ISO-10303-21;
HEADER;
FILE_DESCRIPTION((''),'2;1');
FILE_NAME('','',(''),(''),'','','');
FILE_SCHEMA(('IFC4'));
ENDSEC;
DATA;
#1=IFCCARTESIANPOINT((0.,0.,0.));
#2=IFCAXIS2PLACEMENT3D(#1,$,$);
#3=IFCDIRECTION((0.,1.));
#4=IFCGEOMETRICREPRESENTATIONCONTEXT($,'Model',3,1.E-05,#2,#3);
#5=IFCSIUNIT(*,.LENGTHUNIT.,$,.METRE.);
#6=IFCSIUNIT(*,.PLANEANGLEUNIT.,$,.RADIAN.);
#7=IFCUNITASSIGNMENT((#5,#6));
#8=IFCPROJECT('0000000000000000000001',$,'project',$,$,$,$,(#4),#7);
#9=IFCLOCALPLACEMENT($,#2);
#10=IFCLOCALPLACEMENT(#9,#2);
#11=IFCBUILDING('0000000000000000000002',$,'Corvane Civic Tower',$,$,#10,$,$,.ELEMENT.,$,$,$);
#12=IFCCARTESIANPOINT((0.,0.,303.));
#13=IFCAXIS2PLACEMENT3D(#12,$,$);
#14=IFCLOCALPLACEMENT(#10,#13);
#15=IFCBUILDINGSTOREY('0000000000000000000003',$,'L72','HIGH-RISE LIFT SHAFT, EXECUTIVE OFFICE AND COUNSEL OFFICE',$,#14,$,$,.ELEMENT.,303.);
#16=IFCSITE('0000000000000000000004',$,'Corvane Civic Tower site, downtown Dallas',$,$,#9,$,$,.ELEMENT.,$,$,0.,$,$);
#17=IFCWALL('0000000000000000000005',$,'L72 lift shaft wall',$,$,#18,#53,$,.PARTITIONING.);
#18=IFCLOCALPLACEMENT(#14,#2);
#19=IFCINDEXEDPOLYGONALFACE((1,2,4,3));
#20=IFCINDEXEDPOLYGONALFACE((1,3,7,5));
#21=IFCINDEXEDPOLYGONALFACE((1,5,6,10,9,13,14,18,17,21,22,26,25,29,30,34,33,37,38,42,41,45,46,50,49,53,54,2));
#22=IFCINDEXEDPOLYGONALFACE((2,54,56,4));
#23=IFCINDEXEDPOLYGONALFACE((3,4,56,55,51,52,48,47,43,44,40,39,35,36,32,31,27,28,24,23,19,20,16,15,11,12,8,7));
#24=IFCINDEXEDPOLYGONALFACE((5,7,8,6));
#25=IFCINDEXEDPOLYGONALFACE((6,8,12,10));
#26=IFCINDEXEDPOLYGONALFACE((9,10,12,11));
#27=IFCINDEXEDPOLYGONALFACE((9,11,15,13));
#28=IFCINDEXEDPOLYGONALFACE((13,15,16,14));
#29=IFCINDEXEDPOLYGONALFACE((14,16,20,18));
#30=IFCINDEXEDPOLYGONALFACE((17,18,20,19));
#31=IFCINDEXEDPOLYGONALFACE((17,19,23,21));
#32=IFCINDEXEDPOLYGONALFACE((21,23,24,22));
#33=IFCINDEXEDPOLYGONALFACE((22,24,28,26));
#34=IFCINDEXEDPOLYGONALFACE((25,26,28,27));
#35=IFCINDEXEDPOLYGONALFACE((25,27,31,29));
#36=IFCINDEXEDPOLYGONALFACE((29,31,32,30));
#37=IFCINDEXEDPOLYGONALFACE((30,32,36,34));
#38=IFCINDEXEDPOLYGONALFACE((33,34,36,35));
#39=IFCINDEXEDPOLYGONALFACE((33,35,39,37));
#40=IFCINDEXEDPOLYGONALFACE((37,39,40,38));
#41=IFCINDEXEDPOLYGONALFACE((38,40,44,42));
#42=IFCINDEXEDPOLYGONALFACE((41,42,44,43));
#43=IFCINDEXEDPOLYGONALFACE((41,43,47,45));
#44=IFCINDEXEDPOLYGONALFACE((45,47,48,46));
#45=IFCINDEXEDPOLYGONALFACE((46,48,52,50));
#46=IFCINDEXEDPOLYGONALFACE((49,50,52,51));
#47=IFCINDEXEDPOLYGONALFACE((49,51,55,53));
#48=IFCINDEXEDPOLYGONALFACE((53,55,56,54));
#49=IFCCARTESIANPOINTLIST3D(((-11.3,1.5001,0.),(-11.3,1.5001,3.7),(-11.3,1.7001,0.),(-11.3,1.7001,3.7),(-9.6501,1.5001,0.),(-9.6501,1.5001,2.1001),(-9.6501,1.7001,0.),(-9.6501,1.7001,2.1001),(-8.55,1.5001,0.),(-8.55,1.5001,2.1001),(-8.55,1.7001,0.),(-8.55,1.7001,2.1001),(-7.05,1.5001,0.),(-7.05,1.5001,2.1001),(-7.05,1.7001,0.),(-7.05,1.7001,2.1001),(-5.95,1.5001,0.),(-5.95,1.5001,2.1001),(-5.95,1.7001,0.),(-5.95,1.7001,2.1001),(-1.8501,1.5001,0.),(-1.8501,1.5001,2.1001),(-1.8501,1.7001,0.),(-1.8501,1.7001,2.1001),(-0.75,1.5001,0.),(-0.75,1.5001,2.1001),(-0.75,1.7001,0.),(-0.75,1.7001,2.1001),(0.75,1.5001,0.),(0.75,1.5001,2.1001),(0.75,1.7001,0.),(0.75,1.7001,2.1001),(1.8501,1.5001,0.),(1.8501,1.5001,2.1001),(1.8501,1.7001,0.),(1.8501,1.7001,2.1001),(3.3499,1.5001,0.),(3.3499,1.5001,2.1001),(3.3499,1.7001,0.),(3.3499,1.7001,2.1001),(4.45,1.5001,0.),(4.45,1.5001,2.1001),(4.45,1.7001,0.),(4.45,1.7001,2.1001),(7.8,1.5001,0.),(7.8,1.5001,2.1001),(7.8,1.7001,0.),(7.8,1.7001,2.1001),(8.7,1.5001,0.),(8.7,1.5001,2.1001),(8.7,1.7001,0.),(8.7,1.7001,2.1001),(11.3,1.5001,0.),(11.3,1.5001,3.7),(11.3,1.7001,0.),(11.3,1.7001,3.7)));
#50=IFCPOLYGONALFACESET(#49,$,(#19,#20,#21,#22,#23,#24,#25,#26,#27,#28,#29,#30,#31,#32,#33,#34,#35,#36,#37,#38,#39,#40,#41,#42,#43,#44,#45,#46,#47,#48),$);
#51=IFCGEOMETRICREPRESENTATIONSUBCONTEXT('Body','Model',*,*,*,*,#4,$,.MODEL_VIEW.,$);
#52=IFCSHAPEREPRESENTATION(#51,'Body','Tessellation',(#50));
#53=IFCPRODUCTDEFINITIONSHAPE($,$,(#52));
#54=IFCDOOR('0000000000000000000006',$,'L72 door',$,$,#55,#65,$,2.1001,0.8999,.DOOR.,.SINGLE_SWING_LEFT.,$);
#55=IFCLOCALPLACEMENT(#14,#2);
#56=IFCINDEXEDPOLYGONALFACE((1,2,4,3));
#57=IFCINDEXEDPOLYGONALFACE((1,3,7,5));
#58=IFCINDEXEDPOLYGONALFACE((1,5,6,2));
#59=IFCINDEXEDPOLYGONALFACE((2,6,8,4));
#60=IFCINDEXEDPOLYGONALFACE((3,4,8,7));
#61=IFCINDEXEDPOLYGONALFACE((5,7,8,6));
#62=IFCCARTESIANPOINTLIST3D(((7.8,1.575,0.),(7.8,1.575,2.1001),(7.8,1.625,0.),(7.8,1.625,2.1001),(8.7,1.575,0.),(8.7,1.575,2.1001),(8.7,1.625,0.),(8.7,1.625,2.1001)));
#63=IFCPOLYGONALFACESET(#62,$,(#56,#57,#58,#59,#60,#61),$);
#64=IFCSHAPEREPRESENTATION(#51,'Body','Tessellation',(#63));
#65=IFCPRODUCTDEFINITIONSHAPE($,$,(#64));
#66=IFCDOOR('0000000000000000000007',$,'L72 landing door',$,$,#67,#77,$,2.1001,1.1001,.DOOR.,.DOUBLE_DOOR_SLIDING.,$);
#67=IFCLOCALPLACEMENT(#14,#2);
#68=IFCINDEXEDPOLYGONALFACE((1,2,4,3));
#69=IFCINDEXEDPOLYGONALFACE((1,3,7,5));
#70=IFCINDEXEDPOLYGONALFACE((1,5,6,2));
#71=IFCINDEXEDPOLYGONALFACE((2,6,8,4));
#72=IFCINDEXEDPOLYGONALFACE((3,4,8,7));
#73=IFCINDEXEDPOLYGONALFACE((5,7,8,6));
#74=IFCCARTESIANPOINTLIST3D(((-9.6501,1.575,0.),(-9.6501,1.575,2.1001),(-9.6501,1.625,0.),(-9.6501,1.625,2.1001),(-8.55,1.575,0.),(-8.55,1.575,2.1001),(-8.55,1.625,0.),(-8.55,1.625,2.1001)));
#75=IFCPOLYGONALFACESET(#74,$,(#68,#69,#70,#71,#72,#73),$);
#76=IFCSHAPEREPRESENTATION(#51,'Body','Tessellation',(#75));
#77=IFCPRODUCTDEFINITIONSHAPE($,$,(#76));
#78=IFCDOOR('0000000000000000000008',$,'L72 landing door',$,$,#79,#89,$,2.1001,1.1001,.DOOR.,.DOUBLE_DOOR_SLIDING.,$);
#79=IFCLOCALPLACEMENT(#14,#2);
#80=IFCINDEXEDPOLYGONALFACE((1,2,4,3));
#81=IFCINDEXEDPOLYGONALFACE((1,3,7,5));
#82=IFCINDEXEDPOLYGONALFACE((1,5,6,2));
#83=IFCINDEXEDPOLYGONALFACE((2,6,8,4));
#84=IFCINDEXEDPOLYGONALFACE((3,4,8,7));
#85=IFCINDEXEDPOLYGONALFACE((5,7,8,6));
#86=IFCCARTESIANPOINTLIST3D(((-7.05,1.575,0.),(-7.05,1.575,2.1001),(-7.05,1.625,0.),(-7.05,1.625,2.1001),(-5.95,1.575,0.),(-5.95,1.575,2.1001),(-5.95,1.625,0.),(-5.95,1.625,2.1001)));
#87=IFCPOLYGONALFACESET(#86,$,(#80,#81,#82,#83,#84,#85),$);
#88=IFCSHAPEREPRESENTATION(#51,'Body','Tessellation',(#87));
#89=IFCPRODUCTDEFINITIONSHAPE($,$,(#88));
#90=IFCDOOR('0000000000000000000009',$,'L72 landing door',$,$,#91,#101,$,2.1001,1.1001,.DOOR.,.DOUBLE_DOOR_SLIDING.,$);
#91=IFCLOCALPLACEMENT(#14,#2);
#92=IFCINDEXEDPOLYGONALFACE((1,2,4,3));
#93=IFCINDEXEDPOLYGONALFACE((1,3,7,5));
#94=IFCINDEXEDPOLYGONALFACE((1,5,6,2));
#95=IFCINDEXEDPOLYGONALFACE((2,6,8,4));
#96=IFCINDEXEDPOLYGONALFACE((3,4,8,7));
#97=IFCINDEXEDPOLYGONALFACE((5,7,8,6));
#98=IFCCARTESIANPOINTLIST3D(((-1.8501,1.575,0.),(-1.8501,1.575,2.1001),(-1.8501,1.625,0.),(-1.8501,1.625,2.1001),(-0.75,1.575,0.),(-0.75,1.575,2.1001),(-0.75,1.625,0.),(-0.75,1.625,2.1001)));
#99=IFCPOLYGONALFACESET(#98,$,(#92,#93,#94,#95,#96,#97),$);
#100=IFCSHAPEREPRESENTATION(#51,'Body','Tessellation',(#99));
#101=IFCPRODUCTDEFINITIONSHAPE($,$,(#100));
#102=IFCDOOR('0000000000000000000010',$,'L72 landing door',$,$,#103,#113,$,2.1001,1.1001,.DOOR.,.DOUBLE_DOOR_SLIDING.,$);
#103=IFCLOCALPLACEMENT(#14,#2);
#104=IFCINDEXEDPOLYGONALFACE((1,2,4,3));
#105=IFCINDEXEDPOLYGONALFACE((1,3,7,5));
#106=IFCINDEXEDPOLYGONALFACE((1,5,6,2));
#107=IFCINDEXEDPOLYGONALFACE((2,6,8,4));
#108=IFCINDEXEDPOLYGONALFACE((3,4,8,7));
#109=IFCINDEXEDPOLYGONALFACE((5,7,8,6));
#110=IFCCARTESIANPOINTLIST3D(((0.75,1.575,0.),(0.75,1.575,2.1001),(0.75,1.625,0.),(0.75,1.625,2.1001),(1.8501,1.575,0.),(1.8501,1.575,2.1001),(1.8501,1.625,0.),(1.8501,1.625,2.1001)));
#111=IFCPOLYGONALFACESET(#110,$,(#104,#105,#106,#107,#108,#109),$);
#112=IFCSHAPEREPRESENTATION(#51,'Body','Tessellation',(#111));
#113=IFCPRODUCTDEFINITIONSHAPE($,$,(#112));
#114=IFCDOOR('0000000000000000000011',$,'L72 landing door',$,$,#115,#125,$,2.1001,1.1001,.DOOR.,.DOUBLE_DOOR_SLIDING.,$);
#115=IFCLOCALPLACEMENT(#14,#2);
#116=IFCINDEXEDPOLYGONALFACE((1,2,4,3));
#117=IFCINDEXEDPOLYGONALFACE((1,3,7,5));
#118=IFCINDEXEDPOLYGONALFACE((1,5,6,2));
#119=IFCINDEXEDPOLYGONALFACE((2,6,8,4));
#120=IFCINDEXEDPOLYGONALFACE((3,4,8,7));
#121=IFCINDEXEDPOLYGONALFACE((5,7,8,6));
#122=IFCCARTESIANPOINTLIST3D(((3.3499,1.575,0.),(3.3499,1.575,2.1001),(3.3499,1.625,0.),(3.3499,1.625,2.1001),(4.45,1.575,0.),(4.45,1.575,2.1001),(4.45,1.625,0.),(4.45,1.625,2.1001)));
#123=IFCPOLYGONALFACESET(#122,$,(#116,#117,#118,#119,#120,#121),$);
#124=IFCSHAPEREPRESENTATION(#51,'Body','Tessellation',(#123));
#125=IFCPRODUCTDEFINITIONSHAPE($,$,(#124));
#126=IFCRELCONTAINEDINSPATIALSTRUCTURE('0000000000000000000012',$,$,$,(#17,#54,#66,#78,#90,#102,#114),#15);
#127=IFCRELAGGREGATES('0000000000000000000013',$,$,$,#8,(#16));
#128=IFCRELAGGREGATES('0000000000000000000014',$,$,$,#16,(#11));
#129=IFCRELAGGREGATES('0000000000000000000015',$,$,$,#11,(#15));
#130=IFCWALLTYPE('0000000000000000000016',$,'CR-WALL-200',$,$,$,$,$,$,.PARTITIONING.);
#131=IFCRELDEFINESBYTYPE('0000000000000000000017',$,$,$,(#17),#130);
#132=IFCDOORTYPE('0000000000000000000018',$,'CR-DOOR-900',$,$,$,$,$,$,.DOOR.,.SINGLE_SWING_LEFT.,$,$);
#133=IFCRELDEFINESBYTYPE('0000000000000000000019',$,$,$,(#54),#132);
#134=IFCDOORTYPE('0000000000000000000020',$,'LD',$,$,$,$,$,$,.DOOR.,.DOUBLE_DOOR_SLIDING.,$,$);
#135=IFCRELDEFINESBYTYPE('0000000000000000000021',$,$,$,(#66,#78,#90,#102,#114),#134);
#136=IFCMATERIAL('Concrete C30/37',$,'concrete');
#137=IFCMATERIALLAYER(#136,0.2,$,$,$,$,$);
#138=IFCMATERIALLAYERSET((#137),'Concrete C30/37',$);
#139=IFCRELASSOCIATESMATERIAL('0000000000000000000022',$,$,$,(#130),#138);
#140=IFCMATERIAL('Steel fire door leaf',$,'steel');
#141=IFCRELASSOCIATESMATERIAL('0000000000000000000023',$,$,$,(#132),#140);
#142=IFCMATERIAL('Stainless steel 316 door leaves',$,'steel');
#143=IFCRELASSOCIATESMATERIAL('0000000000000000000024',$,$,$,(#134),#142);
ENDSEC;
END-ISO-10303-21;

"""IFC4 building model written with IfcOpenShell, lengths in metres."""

from ifc_helpers import new_model, si_unit, direction, frame, frame_2d, origin, place, context, subcontext, project, spatial, rectangle, extrude, material, layer, layer_set, type_object, element, fill, save


model = new_model("IFC4")

# Units and contexts
model_context = context("Model", 3, precision=1e-05, world=origin(), true_north=direction((0.0, 1.0)))
body_context = subcontext(model_context, "Body", "Model", "MODEL_VIEW")
ifc_project = project(units=[si_unit("LENGTHUNIT", "METRE"), si_unit("PLANEANGLEUNIT", "RADIAN")], contexts=[model_context])

# Site, building, storey
site_placement = place(None, origin())
site = spatial("IfcSite", under=ifc_project, at=site_placement, Name="Corvane Civic Tower site, downtown Dallas", CompositionType="ELEMENT", RefElevation=0.0)
building_placement = place(site_placement, origin())
building = spatial("IfcBuilding", under=site, at=building_placement, Name="Corvane Civic Tower", CompositionType="ELEMENT")
storey_placement = place(building_placement, frame((0.0, 0.0, 303.0)))
storey = spatial("IfcBuildingStorey", under=building, at=storey_placement, Name="L72", Description="HIGH-RISE LIFT SHAFT, EXECUTIVE OFFICE AND COUNSEL OFFICE", CompositionType="ELEMENT", Elevation=303.0)

# Wall, openings, doors
ifc_material_1 = material(Name="Concrete C30/37", Category="concrete")
ifc_layer_1 = layer(ifc_material_1, 0.2)
ifc_layer_set_1 = layer_set([ifc_layer_1], Name="Concrete C30/37")
wall_type_1 = type_object("IfcWallType", Name="CR-WALL-200", PredefinedType="PARTITIONING", material=ifc_layer_set_1)
wall_1_placement = place(storey_placement, frame((-11.3, 1.6001, 0.0), z_axis=(0.0, 0.0, 1.0), x_axis=(1.0, 0.0, 0.0)))
wall_1 = element("IfcWall", 1, at=wall_1_placement, inside=storey, type_object=wall_type_1, Name="L72 lift shaft wall", PredefinedType="PARTITIONING", context=body_context, shape_type="SweptSolid", body=[
    extrude(rectangle(XDim=22.6001, YDim=0.2, at=frame_2d((11.3, 0.0))), origin(), (0.0, 0.0, 1.0), 3.7),
])
opening_1_placement = place(wall_1_placement, frame((1.6499, 0.0, 0.0)))
opening_1 = element("IfcOpeningElement", 2, at=opening_1_placement, cuts=wall_1, PredefinedType="OPENING", context=body_context, shape_type="SweptSolid", body=[
    extrude(rectangle(XDim=1.1001, YDim=2.1001, at=frame_2d((0.55, 1.05))), frame((0.0, 0.1099, 0.0), z_axis=(0.0, -1.0, 0.0), x_axis=(1.0, 0.0, 0.0)), (0.0, 0.0, 1.0), 0.22),
])
opening_2_placement = place(wall_1_placement, frame((4.25, 0.0, 0.0)))
opening_2 = element("IfcOpeningElement", 3, at=opening_2_placement, cuts=wall_1, PredefinedType="OPENING", context=body_context, shape_type="SweptSolid", body=[
    extrude(rectangle(XDim=1.1001, YDim=2.1001, at=frame_2d((0.55, 1.05))), frame((0.0, 0.1099, 0.0), z_axis=(0.0, -1.0, 0.0), x_axis=(1.0, 0.0, 0.0)), (0.0, 0.0, 1.0), 0.22),
])
opening_3_placement = place(wall_1_placement, frame((9.45, 0.0, 0.0)))
opening_3 = element("IfcOpeningElement", 4, at=opening_3_placement, cuts=wall_1, PredefinedType="OPENING", context=body_context, shape_type="SweptSolid", body=[
    extrude(rectangle(XDim=1.1001, YDim=2.1001, at=frame_2d((0.55, 1.05))), frame((0.0, 0.1099, 0.0), z_axis=(0.0, -1.0, 0.0), x_axis=(1.0, 0.0, 0.0)), (0.0, 0.0, 1.0), 0.22),
])
opening_4_placement = place(wall_1_placement, frame((12.05, 0.0, 0.0)))
opening_4 = element("IfcOpeningElement", 5, at=opening_4_placement, cuts=wall_1, PredefinedType="OPENING", context=body_context, shape_type="SweptSolid", body=[
    extrude(rectangle(XDim=1.1001, YDim=2.1001, at=frame_2d((0.55, 1.05))), frame((0.0, 0.1099, 0.0), z_axis=(0.0, -1.0, 0.0), x_axis=(1.0, 0.0, 0.0)), (0.0, 0.0, 1.0), 0.22),
])
opening_5_placement = place(wall_1_placement, frame((14.6499, 0.0, 0.0)))
opening_5 = element("IfcOpeningElement", 6, at=opening_5_placement, cuts=wall_1, PredefinedType="OPENING", context=body_context, shape_type="SweptSolid", body=[
    extrude(rectangle(XDim=1.1001, YDim=2.1001, at=frame_2d((0.55, 1.05))), frame((0.0, 0.1099, 0.0), z_axis=(0.0, -1.0, 0.0), x_axis=(1.0, 0.0, 0.0)), (0.0, 0.0, 1.0), 0.22),
])
opening_6_placement = place(wall_1_placement, frame((19.1001, 0.0, 0.0)))
opening_6 = element("IfcOpeningElement", 7, at=opening_6_placement, cuts=wall_1, PredefinedType="OPENING", context=body_context, shape_type="SweptSolid", body=[
    extrude(rectangle(XDim=0.8999, YDim=2.1001, at=frame_2d((0.45, 1.05))), frame((0.0, 0.1099, 0.0), z_axis=(0.0, -1.0, 0.0), x_axis=(1.0, 0.0, 0.0)), (0.0, 0.0, 1.0), 0.22),
])
ifc_material_2 = material(Name="Steel fire door leaf", Category="steel")
door_type_1 = type_object("IfcDoorType", Name="CR-DOOR-900", OperationType="SINGLE_SWING_LEFT", PredefinedType="DOOR", material=ifc_material_2)
door_1_placement = place(opening_6_placement, origin())
door_1 = element("IfcDoor", 8, at=door_1_placement, inside=storey, type_object=door_type_1, Name="L72 door", OperationType="SINGLE_SWING_LEFT", OverallHeight=2.1001, OverallWidth=0.8999, PredefinedType="DOOR", context=body_context, shape_type="SweptSolid", body=[
    extrude(rectangle(XDim=0.8999, YDim=2.1001, at=frame_2d((0.45, 1.05))), frame((0.0, 0.0249, 0.0), z_axis=(0.0, -1.0, 0.0), x_axis=(1.0, 0.0, 0.0)), (0.0, 0.0, 1.0), 0.05),
])
fill(opening_6, door_1)
ifc_material_3 = material(Name="Stainless steel 316 door leaves", Category="steel")
door_type_2 = type_object("IfcDoorType", Name="LD", OperationType="DOUBLE_DOOR_SLIDING", PredefinedType="DOOR", material=ifc_material_3)
door_2_placement = place(opening_1_placement, origin())
door_2 = element("IfcDoor", 9, at=door_2_placement, inside=storey, type_object=door_type_2, Name="L72 landing door", OperationType="DOUBLE_DOOR_SLIDING", OverallHeight=2.1001, OverallWidth=1.1001, PredefinedType="DOOR", context=body_context, shape_type="SweptSolid", body=[
    extrude(rectangle(XDim=1.1001, YDim=2.1001, at=frame_2d((0.55, 1.05))), frame((0.0, 0.0249, 0.0), z_axis=(0.0, -1.0, 0.0), x_axis=(1.0, 0.0, 0.0)), (0.0, 0.0, 1.0), 0.05),
])
fill(opening_1, door_2)
door_3_placement = place(opening_2_placement, origin())
door_3 = element("IfcDoor", 10, at=door_3_placement, inside=storey, type_object=door_type_2, Name="L72 landing door", OperationType="DOUBLE_DOOR_SLIDING", OverallHeight=2.1001, OverallWidth=1.1001, PredefinedType="DOOR", context=body_context, shape_type="SweptSolid", body=[
    extrude(rectangle(XDim=1.1001, YDim=2.1001, at=frame_2d((0.55, 1.05))), frame((0.0, 0.0249, 0.0), z_axis=(0.0, -1.0, 0.0), x_axis=(1.0, 0.0, 0.0)), (0.0, 0.0, 1.0), 0.05),
])
fill(opening_2, door_3)
door_4_placement = place(opening_3_placement, origin())
door_4 = element("IfcDoor", 11, at=door_4_placement, inside=storey, type_object=door_type_2, Name="L72 landing door", OperationType="DOUBLE_DOOR_SLIDING", OverallHeight=2.1001, OverallWidth=1.1001, PredefinedType="DOOR", context=body_context, shape_type="SweptSolid", body=[
    extrude(rectangle(XDim=1.1001, YDim=2.1001, at=frame_2d((0.55, 1.05))), frame((0.0, 0.0249, 0.0), z_axis=(0.0, -1.0, 0.0), x_axis=(1.0, 0.0, 0.0)), (0.0, 0.0, 1.0), 0.05),
])
fill(opening_3, door_4)
door_5_placement = place(opening_4_placement, origin())
door_5 = element("IfcDoor", 12, at=door_5_placement, inside=storey, type_object=door_type_2, Name="L72 landing door", OperationType="DOUBLE_DOOR_SLIDING", OverallHeight=2.1001, OverallWidth=1.1001, PredefinedType="DOOR", context=body_context, shape_type="SweptSolid", body=[
    extrude(rectangle(XDim=1.1001, YDim=2.1001, at=frame_2d((0.55, 1.05))), frame((0.0, 0.0249, 0.0), z_axis=(0.0, -1.0, 0.0), x_axis=(1.0, 0.0, 0.0)), (0.0, 0.0, 1.0), 0.05),
])
fill(opening_4, door_5)
door_6_placement = place(opening_5_placement, origin())
door_6 = element("IfcDoor", 13, at=door_6_placement, inside=storey, type_object=door_type_2, Name="L72 landing door", OperationType="DOUBLE_DOOR_SLIDING", OverallHeight=2.1001, OverallWidth=1.1001, PredefinedType="DOOR", context=body_context, shape_type="SweptSolid", body=[
    extrude(rectangle(XDim=1.1001, YDim=2.1001, at=frame_2d((0.55, 1.05))), frame((0.0, 0.0249, 0.0), z_axis=(0.0, -1.0, 0.0), x_axis=(1.0, 0.0, 0.0)), (0.0, 0.0, 1.0), 0.05),
])
fill(opening_5, door_6)

save(model, "model.ifc")
